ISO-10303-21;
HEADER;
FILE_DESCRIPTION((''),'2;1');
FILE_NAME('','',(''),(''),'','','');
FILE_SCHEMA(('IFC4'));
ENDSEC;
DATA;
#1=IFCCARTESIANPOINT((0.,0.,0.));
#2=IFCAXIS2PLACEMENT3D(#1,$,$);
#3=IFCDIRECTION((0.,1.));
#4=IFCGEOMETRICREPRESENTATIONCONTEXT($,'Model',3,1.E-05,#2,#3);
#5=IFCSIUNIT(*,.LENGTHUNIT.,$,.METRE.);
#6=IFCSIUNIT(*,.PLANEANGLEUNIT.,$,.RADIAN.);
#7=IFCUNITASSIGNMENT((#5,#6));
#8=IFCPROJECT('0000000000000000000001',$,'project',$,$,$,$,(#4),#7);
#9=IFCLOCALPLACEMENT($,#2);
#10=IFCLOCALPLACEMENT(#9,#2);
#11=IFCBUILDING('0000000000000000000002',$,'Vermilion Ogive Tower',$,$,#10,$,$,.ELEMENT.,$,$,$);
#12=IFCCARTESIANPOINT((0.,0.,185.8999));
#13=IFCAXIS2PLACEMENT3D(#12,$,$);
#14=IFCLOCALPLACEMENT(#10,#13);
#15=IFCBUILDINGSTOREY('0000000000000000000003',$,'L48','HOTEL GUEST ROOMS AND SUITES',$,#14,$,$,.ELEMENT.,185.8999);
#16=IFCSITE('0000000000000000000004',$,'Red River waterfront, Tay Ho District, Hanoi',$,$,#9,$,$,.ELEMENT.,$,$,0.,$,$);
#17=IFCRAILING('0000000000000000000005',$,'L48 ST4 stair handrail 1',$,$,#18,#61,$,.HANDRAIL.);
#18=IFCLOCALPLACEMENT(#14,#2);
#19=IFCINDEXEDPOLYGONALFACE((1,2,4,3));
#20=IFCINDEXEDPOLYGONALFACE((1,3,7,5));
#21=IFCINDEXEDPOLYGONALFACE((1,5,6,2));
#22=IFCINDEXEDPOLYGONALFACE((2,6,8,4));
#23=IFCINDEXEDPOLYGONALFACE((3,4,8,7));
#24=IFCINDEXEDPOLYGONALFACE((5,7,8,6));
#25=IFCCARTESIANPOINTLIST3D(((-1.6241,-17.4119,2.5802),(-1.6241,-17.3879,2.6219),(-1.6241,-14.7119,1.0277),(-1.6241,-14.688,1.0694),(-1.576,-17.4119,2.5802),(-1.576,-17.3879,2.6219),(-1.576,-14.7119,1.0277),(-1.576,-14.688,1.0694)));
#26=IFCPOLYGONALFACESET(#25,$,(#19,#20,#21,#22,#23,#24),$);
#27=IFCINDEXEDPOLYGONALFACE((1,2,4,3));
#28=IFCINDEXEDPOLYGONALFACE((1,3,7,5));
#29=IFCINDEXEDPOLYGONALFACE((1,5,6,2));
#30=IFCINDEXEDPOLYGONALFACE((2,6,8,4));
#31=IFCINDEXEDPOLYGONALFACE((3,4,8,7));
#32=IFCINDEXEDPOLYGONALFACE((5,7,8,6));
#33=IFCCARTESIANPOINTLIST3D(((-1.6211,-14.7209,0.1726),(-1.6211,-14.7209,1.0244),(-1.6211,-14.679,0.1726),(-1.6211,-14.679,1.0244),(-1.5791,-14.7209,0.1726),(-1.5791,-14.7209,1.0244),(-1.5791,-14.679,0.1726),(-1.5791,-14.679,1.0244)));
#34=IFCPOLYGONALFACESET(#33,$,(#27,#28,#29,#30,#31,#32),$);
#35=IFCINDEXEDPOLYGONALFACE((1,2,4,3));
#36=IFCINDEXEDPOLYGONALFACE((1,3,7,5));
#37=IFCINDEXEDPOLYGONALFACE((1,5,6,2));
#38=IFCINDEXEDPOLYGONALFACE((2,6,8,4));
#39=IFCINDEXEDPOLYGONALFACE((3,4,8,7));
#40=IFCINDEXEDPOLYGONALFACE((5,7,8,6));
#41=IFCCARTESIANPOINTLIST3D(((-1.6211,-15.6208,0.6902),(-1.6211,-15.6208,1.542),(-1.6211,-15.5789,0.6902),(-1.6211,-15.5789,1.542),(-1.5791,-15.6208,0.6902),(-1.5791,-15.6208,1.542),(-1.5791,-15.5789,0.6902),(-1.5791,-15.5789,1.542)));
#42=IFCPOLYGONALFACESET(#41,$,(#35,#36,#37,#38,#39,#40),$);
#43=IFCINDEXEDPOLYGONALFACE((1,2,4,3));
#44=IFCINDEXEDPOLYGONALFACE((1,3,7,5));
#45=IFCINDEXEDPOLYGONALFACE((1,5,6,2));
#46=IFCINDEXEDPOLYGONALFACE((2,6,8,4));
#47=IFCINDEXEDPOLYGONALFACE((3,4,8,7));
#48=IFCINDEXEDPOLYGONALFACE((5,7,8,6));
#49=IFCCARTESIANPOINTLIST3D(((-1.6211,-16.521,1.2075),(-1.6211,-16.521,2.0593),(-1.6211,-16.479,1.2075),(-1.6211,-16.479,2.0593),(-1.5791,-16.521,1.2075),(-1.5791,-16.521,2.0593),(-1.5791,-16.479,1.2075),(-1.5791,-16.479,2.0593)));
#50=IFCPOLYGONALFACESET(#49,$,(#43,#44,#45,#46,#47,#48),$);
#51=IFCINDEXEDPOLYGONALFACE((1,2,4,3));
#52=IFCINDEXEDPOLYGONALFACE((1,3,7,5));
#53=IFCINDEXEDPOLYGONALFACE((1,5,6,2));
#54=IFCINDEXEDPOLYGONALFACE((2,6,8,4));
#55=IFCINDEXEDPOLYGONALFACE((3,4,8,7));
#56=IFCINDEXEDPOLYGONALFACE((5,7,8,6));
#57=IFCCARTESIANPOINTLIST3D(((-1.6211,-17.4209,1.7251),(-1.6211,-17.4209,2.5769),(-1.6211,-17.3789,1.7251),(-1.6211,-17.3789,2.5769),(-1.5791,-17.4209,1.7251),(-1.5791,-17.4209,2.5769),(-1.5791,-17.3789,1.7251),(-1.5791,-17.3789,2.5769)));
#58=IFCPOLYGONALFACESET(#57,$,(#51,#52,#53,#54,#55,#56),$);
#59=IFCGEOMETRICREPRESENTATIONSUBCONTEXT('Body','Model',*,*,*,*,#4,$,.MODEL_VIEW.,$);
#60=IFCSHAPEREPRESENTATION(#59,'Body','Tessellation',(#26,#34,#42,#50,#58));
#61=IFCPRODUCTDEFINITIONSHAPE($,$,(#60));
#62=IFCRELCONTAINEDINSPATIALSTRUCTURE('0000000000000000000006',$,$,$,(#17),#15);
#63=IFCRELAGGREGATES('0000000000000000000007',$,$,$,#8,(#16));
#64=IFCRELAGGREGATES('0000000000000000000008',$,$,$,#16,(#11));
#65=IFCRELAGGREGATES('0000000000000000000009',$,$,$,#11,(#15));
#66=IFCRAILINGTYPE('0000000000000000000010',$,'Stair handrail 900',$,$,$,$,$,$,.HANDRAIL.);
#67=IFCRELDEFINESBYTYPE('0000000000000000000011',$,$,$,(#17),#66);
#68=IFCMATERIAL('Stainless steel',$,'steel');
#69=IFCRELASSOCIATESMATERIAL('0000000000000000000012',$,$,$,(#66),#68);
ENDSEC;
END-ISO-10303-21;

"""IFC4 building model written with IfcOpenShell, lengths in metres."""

from ifc_helpers import new_model, si_unit, direction, frame, origin, origin_2d, place, context, subcontext, project, spatial, rectangle, extrude, material, type_object, element, save


model = new_model("IFC4")

# Units and contexts
model_context = context("Model", 3, precision=1e-05, world=origin(), true_north=direction((0.0, 1.0)))
body_context = subcontext(model_context, "Body", "Model", "MODEL_VIEW")
ifc_project = project(units=[si_unit("LENGTHUNIT", "METRE"), si_unit("PLANEANGLEUNIT", "RADIAN")], contexts=[model_context])

# Site, building, storey
site_placement = place(None, origin())
site = spatial("IfcSite", under=ifc_project, at=site_placement, Name="Red River waterfront, Tay Ho District, Hanoi", CompositionType="ELEMENT", RefElevation=0.0)
building_placement = place(site_placement, origin())
building = spatial("IfcBuilding", under=site, at=building_placement, Name="Vermilion Ogive Tower", CompositionType="ELEMENT")
storey_placement = place(building_placement, frame((0.0, 0.0, 185.8999)))
storey = spatial("IfcBuildingStorey", under=building, at=storey_placement, Name="L48", Description="HOTEL GUEST ROOMS AND SUITES", CompositionType="ELEMENT", Elevation=185.8999)

# Railing
ifc_material_1 = material(Name="Stainless steel", Category="steel")
railing_type_1 = type_object("IfcRailingType", Name="Stair handrail 900", PredefinedType="HANDRAIL", material=ifc_material_1)
railing_1_placement = place(storey_placement, frame((-1.6001, -14.7, 0.1726)))
element("IfcRailing", 1, at=railing_1_placement, inside=storey, type_object=railing_type_1, Name="L48 ST4 stair handrail 1", PredefinedType="HANDRAIL", context=body_context, shape_type="SweptSolid", body=[
    extrude(rectangle(XDim=0.0481, YDim=0.0481, at=origin_2d()), frame((0.0, 0.0, 0.876), z_axis=(0.0, -0.866904, 0.498476), x_axis=(1.0, 0.0, 0.0)), (0.0, 0.0, 1.0), 3.1145),
    extrude(rectangle(XDim=0.042, YDim=0.042, at=origin_2d()), origin(), (0.0, 0.0, 1.0), 0.8518),
    extrude(rectangle(XDim=0.042, YDim=0.042, at=origin_2d()), frame((0.0, -0.8999, 0.5176)), (0.0, 0.0, 1.0), 0.8518),
    extrude(rectangle(XDim=0.042, YDim=0.042, at=origin_2d()), frame((0.0, -1.8, 1.0349)), (0.0, 0.0, 1.0), 0.8518),
    extrude(rectangle(XDim=0.042, YDim=0.042, at=origin_2d()), frame((0.0, -2.7, 1.5525)), (0.0, 0.0, 1.0), 0.8518),
])

save(model, "model.ifc")
